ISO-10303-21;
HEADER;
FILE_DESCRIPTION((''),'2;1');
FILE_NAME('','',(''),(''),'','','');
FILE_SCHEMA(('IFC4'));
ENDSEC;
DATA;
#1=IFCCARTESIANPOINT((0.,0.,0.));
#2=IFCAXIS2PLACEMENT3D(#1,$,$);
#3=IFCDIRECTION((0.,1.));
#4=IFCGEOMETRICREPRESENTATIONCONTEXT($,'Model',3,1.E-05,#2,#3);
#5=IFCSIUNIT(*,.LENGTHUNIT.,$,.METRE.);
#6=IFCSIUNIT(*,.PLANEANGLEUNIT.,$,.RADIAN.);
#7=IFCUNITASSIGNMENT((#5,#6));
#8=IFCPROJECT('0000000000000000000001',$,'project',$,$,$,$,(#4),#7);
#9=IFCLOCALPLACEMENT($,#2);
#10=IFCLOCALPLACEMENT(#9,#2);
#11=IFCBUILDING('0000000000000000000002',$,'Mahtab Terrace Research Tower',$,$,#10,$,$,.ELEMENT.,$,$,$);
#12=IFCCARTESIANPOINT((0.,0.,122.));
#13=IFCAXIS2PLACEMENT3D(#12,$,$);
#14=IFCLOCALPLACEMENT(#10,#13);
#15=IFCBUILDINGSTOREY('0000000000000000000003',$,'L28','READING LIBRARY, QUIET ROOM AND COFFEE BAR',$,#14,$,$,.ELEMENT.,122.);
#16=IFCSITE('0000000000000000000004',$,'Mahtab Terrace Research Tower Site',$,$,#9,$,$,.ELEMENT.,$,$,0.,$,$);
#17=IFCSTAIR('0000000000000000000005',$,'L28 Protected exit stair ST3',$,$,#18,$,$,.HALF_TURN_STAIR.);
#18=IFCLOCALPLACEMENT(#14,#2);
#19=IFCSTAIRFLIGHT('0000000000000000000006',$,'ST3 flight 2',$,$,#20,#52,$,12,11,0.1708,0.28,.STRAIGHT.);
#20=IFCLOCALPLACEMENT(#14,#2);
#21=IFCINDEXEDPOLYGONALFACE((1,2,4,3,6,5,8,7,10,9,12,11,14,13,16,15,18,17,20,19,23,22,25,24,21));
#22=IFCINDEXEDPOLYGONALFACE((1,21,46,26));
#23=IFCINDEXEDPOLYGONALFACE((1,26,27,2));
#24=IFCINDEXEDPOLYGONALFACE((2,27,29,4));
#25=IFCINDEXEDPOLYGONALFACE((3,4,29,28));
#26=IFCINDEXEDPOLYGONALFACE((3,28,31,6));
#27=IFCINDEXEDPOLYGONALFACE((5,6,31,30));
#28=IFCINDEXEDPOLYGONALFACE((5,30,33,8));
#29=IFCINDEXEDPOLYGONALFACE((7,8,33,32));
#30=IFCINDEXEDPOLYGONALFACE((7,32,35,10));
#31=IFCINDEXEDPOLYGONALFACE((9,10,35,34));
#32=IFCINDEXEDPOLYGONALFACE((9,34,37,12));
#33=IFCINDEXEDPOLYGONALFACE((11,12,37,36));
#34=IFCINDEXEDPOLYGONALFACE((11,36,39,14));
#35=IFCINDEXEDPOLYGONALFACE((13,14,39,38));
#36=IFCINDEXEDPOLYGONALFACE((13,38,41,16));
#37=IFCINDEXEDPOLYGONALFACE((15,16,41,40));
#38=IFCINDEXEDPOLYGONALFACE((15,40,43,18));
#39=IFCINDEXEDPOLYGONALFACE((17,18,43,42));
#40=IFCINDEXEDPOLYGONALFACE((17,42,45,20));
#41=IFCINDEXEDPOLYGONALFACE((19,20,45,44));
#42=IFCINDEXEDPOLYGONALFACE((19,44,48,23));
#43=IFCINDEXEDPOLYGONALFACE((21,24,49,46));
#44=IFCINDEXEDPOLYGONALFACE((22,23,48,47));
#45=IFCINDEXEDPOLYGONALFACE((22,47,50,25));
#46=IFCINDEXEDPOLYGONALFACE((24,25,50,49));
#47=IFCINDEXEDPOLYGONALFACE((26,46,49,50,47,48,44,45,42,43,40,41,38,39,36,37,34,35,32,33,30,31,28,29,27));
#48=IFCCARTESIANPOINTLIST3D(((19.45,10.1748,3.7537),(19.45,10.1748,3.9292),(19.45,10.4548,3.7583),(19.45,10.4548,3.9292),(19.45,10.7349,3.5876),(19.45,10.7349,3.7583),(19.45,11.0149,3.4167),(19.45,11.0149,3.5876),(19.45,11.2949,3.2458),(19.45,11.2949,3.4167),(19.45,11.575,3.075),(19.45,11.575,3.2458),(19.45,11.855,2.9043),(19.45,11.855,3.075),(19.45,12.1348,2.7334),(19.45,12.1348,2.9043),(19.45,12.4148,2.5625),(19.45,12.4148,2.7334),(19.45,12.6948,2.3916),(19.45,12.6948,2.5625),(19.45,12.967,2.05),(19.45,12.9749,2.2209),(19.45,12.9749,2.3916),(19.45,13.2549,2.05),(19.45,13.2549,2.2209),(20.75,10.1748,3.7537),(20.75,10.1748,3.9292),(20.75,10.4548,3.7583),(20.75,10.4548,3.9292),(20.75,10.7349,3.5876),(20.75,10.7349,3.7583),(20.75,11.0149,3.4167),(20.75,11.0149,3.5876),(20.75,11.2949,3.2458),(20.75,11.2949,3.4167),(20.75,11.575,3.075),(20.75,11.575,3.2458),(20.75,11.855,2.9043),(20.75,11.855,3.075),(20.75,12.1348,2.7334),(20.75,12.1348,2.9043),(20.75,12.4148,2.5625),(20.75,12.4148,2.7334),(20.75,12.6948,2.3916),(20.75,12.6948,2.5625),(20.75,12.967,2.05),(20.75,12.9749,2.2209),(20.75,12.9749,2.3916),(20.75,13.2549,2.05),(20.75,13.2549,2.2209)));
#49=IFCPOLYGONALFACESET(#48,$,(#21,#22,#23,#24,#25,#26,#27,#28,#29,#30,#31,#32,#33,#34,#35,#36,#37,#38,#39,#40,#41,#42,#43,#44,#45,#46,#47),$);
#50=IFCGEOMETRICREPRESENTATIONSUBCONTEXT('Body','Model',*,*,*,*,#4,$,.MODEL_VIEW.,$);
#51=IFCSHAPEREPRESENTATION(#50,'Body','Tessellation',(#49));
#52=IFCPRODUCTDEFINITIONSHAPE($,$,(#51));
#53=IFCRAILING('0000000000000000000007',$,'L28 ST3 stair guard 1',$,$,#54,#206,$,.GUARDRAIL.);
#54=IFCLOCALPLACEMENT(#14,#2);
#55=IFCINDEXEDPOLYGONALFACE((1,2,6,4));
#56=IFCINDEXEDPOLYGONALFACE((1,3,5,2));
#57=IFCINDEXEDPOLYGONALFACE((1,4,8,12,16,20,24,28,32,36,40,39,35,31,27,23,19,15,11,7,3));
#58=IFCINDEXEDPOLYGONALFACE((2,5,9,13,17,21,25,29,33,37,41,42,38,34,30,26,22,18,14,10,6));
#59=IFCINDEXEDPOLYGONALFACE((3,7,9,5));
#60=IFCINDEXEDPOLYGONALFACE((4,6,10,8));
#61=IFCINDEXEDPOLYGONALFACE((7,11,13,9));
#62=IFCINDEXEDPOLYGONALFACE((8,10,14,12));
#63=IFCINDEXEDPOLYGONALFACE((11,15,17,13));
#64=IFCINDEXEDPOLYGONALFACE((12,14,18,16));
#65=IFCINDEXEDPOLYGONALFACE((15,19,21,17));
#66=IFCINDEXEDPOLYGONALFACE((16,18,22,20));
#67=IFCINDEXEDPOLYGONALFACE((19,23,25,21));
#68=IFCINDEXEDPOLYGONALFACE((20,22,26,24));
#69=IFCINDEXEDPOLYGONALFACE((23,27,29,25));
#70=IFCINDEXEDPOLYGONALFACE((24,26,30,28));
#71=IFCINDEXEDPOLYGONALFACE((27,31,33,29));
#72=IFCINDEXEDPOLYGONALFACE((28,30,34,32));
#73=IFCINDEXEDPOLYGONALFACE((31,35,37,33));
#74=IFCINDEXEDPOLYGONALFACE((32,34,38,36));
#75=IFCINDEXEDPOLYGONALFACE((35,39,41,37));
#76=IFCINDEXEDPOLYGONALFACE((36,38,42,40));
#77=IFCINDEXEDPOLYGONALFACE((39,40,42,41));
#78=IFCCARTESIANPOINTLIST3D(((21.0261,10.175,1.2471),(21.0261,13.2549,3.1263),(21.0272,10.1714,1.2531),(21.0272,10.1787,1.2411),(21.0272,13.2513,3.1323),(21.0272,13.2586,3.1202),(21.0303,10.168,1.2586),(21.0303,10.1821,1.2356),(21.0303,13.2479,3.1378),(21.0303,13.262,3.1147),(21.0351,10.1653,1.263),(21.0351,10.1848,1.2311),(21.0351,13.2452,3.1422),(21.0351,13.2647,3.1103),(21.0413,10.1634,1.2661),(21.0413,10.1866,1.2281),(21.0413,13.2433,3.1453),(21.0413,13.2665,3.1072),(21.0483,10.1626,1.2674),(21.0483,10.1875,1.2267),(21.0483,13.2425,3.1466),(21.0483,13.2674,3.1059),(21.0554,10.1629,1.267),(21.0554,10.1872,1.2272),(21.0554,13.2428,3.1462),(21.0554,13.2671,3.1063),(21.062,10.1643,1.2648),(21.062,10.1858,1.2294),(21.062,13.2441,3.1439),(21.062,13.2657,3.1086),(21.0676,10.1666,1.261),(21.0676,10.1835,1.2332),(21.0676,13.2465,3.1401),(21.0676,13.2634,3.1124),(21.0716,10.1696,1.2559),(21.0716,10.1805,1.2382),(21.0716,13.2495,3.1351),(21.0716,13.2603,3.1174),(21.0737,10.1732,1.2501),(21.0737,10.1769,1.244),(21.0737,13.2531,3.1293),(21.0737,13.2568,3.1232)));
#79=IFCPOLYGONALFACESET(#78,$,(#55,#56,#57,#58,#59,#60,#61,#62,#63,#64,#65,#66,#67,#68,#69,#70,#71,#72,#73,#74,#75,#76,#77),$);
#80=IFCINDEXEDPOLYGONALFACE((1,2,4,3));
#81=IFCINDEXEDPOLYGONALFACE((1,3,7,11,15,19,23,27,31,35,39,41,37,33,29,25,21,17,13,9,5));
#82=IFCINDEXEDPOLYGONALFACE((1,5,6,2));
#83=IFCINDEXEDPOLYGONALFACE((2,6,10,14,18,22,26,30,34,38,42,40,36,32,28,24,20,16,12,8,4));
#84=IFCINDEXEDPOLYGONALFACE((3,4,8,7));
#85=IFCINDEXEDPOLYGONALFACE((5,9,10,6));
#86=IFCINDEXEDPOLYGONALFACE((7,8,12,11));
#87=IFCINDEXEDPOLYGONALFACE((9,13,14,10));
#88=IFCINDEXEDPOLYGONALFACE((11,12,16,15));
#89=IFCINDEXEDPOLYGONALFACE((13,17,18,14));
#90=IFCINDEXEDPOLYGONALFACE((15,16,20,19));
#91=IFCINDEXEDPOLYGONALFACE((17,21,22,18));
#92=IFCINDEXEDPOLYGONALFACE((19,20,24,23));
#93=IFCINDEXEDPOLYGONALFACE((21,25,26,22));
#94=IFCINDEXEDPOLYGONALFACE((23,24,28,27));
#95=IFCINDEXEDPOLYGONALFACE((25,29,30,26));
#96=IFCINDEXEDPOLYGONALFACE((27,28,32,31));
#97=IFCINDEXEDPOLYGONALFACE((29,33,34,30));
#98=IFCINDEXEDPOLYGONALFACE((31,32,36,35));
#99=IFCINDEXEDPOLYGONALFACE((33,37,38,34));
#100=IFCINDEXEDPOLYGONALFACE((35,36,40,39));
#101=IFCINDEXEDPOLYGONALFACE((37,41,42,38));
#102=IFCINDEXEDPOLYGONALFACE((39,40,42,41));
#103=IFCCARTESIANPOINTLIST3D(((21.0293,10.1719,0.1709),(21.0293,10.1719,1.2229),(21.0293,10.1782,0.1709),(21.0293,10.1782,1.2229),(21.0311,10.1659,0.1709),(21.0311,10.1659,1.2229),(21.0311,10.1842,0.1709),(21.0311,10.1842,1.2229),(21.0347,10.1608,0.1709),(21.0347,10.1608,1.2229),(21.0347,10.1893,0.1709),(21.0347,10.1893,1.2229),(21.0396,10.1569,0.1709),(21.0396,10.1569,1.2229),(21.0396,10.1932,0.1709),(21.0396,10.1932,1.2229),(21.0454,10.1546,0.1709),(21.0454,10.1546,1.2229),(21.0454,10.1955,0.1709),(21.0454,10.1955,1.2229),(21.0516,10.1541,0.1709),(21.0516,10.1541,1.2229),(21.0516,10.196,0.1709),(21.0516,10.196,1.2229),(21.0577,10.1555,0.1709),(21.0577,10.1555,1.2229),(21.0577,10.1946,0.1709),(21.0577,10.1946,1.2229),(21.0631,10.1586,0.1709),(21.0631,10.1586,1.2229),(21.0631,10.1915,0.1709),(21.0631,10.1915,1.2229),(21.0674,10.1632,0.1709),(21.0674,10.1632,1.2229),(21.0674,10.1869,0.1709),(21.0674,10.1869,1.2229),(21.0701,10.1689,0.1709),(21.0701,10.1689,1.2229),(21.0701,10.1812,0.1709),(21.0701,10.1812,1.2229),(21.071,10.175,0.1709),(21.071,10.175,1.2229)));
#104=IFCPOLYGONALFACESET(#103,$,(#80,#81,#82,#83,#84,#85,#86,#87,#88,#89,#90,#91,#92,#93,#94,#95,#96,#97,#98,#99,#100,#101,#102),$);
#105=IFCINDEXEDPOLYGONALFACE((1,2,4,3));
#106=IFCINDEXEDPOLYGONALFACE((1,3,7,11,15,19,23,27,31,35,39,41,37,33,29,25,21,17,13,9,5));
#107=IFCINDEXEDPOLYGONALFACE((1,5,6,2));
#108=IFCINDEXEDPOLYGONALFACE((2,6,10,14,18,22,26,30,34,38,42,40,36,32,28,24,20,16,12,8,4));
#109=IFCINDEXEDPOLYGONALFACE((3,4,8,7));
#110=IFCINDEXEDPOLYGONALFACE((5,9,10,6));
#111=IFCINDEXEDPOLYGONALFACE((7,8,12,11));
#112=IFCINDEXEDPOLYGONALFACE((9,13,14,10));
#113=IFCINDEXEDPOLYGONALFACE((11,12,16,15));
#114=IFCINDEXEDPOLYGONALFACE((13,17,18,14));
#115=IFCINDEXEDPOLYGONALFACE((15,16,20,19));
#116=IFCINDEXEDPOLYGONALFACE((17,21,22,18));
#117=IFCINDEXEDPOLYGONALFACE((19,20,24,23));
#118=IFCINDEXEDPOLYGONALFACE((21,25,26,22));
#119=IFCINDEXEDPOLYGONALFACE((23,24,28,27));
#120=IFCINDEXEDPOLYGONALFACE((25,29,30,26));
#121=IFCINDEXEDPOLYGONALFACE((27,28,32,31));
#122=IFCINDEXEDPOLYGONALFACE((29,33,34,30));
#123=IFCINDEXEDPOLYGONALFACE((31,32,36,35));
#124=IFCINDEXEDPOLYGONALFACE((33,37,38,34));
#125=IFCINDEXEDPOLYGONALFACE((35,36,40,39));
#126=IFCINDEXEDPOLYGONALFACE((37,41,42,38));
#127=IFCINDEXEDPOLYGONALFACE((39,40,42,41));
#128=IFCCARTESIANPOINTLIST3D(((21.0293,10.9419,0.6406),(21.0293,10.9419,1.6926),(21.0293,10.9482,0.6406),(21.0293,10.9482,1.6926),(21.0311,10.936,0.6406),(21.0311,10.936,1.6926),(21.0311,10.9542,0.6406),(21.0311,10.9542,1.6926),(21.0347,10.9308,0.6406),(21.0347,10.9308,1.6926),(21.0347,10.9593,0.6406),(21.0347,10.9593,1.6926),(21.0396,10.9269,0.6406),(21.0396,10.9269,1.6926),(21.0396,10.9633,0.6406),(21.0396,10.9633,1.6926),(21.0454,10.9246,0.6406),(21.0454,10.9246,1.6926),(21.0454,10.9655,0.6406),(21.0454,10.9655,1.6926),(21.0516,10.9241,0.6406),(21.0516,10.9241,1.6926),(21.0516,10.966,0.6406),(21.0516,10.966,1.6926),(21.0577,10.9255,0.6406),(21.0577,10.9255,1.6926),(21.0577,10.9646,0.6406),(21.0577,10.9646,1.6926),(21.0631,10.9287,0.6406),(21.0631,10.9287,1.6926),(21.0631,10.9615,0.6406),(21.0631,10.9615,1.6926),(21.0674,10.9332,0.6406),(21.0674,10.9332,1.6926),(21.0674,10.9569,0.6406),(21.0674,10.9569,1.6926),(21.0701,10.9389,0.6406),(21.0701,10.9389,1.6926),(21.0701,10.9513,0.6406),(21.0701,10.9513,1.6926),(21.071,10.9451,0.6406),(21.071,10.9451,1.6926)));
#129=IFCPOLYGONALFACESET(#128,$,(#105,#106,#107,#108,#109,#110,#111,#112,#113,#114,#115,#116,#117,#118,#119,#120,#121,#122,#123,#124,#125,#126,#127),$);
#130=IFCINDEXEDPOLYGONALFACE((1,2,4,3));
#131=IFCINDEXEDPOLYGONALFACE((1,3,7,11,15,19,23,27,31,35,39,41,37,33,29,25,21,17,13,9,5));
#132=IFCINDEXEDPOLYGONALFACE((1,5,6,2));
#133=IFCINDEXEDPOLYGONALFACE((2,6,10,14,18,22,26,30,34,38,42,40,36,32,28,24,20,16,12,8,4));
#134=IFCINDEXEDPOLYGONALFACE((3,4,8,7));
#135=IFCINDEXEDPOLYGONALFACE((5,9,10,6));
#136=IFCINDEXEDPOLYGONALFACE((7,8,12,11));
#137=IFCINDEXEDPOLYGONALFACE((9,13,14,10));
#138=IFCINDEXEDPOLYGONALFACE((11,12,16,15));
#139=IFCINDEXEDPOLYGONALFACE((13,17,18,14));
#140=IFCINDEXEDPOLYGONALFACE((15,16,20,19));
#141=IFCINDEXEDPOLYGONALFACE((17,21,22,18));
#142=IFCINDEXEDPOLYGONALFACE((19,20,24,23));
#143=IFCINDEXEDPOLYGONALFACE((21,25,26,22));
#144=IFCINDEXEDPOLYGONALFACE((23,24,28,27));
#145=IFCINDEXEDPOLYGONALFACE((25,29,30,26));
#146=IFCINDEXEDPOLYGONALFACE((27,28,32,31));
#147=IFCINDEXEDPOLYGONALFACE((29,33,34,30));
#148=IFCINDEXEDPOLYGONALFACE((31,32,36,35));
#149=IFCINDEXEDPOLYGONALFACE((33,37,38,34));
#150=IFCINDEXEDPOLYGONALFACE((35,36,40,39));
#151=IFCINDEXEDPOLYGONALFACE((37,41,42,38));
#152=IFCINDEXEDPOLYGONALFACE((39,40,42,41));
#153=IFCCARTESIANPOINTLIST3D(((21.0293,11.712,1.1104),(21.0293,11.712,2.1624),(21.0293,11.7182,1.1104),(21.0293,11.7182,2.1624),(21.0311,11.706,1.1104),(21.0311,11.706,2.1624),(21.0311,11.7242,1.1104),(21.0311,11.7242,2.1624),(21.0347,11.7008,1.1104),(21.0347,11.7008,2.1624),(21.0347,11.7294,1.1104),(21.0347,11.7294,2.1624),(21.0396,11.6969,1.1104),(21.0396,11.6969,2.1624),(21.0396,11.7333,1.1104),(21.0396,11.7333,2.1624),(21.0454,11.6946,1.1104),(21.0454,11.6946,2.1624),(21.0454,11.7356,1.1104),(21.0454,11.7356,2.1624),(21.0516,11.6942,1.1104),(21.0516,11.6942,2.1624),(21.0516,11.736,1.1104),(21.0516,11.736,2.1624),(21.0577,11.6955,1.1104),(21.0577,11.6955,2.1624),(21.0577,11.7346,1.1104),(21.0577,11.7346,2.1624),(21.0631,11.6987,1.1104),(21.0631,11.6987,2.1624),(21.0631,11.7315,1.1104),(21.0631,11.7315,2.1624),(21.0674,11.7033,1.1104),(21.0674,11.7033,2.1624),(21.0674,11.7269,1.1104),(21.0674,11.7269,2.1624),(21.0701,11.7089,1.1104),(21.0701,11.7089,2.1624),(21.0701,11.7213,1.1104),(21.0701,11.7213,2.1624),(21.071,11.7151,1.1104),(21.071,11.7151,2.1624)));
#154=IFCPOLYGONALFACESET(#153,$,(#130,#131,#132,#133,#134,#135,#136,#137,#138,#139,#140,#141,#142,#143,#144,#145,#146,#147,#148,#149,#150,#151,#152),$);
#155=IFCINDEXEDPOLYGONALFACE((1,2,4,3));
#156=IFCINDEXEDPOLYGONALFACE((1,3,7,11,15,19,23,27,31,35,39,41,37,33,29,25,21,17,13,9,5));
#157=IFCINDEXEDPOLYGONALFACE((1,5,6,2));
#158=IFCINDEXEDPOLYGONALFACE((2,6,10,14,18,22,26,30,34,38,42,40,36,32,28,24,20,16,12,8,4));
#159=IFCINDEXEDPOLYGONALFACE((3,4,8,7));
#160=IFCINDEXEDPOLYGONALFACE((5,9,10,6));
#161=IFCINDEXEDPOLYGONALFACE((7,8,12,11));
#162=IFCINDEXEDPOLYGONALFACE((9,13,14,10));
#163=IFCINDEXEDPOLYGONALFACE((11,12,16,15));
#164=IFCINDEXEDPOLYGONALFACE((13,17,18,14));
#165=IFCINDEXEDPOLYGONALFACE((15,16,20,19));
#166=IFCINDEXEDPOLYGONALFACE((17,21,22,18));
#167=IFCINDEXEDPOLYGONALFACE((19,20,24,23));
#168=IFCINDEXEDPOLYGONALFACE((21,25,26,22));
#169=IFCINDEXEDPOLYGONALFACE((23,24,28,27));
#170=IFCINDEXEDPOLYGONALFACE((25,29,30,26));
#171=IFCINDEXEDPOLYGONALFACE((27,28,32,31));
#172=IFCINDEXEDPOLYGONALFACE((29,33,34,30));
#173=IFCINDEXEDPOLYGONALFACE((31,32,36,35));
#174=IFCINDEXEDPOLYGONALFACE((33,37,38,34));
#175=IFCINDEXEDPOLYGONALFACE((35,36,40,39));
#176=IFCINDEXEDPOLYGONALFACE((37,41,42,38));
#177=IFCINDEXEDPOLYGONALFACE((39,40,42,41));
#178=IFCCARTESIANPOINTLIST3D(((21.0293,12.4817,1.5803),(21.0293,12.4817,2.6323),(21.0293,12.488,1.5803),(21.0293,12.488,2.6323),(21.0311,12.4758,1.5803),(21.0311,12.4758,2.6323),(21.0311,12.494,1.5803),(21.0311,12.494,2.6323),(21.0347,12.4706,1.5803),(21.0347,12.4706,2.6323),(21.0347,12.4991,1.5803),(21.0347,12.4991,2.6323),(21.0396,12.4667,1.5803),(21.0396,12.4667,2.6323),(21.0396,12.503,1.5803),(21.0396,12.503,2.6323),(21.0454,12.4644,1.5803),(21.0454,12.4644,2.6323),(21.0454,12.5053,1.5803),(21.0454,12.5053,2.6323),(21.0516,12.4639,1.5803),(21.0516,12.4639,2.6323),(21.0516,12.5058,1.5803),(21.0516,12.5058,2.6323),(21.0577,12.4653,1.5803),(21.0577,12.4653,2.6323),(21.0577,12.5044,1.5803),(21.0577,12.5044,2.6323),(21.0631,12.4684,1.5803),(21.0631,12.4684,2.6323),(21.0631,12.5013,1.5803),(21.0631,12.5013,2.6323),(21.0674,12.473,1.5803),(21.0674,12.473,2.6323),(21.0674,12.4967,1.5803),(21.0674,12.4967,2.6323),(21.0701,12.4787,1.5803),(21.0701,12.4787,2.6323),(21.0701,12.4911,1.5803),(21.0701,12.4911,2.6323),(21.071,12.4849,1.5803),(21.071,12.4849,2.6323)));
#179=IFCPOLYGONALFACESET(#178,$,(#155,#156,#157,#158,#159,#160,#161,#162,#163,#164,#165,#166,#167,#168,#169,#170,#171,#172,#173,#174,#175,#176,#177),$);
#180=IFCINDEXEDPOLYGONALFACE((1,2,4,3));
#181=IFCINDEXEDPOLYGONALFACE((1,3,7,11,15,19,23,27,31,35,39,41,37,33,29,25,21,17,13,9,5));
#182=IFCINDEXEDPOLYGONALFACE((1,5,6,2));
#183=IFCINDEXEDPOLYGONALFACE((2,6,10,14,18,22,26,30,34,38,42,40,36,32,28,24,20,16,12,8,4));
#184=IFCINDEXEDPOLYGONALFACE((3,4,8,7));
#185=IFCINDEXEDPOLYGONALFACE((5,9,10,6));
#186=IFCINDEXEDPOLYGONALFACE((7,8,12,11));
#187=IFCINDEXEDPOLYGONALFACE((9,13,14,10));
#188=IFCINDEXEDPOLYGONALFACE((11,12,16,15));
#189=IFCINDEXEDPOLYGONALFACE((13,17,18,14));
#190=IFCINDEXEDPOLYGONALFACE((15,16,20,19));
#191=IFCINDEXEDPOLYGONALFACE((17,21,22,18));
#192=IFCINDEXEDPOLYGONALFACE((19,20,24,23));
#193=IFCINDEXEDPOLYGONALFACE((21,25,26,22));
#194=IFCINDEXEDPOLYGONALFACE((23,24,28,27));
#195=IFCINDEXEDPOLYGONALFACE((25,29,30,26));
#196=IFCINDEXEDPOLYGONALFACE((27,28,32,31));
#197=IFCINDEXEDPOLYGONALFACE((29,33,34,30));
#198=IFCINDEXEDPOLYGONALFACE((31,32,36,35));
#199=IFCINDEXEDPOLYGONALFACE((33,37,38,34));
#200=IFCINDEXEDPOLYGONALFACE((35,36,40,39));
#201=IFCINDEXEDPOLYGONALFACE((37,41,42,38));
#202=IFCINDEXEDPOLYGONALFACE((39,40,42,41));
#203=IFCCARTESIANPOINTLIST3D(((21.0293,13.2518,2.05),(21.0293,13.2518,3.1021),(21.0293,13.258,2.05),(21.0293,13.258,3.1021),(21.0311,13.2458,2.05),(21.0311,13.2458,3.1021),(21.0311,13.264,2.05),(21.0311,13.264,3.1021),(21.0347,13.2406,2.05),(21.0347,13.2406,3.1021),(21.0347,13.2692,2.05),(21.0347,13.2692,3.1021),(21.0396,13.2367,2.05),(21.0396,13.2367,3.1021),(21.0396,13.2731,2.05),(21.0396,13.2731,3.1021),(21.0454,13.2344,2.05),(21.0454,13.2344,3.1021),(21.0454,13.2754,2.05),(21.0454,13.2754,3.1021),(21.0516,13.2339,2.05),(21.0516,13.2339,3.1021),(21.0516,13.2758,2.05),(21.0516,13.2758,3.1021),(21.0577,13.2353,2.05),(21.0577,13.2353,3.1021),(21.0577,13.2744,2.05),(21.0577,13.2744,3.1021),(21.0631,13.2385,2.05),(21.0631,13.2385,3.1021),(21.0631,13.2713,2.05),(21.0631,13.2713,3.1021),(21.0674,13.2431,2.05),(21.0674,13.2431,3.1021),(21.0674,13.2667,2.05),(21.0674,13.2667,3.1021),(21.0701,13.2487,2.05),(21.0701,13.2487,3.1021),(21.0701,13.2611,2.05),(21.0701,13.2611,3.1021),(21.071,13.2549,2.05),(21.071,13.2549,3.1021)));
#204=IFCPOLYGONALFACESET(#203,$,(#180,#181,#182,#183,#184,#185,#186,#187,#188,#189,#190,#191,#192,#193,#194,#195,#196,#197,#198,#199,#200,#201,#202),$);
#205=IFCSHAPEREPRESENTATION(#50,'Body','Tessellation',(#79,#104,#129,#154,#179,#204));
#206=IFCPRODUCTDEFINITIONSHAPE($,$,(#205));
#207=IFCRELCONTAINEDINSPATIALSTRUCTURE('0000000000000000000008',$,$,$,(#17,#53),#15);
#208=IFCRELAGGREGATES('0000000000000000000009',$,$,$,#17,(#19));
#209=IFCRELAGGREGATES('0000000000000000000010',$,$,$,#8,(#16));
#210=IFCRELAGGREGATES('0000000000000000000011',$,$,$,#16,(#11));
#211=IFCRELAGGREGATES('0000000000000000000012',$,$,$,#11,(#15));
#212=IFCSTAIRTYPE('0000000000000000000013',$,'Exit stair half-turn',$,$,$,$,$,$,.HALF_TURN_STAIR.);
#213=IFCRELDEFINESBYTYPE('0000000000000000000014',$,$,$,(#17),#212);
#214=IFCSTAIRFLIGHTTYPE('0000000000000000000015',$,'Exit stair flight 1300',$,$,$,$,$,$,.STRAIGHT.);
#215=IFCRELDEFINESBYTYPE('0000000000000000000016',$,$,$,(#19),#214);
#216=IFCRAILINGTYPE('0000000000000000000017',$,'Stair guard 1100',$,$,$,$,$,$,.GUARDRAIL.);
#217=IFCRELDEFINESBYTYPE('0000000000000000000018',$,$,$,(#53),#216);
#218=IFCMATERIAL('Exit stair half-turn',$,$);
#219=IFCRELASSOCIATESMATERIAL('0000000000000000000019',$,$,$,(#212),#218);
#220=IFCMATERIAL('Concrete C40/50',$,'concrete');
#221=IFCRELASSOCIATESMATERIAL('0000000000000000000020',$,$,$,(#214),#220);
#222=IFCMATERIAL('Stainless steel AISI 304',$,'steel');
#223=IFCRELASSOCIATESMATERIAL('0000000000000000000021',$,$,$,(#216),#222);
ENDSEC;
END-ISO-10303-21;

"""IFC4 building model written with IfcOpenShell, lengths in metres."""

from ifc_helpers import new_model, si_unit, direction, frame, origin, origin_2d, place, context, subcontext, project, spatial, polyline, circle, outline, extrude, material, type_object, element, aggregate, save


model = new_model("IFC4")

# Units and contexts
model_context = context("Model", 3, precision=1e-05, world=origin(), true_north=direction((0.0, 1.0)))
body_context = subcontext(model_context, "Body", "Model", "MODEL_VIEW")
ifc_project = project(units=[si_unit("LENGTHUNIT", "METRE"), si_unit("PLANEANGLEUNIT", "RADIAN")], contexts=[model_context])

# Site, building, storey
site_placement = place(None, origin())
site = spatial("IfcSite", under=ifc_project, at=site_placement, Name="Mahtab Terrace Research Tower Site", CompositionType="ELEMENT", RefElevation=0.0)
building_placement = place(site_placement, origin())
building = spatial("IfcBuilding", under=site, at=building_placement, Name="Mahtab Terrace Research Tower", CompositionType="ELEMENT")
storey_placement = place(building_placement, frame((0.0, 0.0, 122.0)))
storey = spatial("IfcBuildingStorey", under=building, at=storey_placement, Name="L28", Description="READING LIBRARY, QUIET ROOM AND COFFEE BAR", CompositionType="ELEMENT", Elevation=122.0)

# Stair, stair flight
ifc_material_1 = material(Name="Exit stair half-turn")
stair_type = type_object("IfcStairType", Name="Exit stair half-turn", PredefinedType="HALF_TURN_STAIR", material=ifc_material_1)
stair_placement = place(storey_placement, origin())
stair = element("IfcStair", 1, at=stair_placement, inside=storey, type_object=stair_type, Name="L28 Protected exit stair ST3", PredefinedType="HALF_TURN_STAIR")
ifc_material_2 = material(Name="Concrete C40/50", Category="concrete")
stair_flight_type = type_object("IfcStairFlightType", Name="Exit stair flight 1300", PredefinedType="STRAIGHT", material=ifc_material_2)
stair_flight_1_placement = place(storey_placement, frame((20.1001, 13.2549, 2.05), z_axis=(0.0, 0.0, 1.0), x_axis=(0.0, -1.0, 0.0)))
stair_flight_1 = element("IfcStairFlight", 2, at=stair_flight_1_placement, type_object=stair_flight_type, Name="ST3 flight 2", NumberOfRisers=12, NumberOfTreads=11, PredefinedType="STRAIGHT", RiserHeight=0.1708, TreadLength=0.28, context=body_context, shape_type="SweptSolid", body=[
    extrude(outline(polyline([(0.0, 0.0), (0.0, 0.1709), (0.28, 0.1709), (0.28, 0.3416), (0.5601, 0.3416), (0.5601, 0.5125), (0.8401, 0.5125), (0.8401, 0.6833), (1.1201, 0.6833), (1.1201, 0.8542), (1.3999, 0.8542), (1.3999, 1.0249), (1.6799, 1.0249), (1.6799, 1.1958), (1.96, 1.1958), (1.96, 1.3667), (2.24, 1.3667), (2.24, 1.5376), (2.52, 1.5376), (2.52, 1.7083), (2.8, 1.7083), (2.8, 1.8792), (3.0801, 1.8792), (3.0801, 2.05), (3.0801, 1.7036), (0.2878, 0.0), (0.0, 0.0)])), frame((0.0, 0.6499, 0.0), z_axis=(0.0, -1.0, 0.0), x_axis=(1.0, 0.0, 0.0)), (0.0, 0.0, 1.0), 1.3),
])
aggregate(stair, [stair_flight_1])

# Railing
ifc_material_3 = material(Name="Stainless steel AISI 304", Category="steel")
railing_type_1 = type_object("IfcRailingType", Name="Stair guard 1100", PredefinedType="GUARDRAIL", material=ifc_material_3)
railing_1_placement = place(storey_placement, frame((21.05, 10.175, 0.1709)))
element("IfcRailing", 3, at=railing_1_placement, inside=storey, type_object=railing_type_1, Name="L28 ST3 stair guard 1", PredefinedType="GUARDRAIL", context=body_context, shape_type="SweptSolid", body=[
    extrude(circle(Radius=0.0239, at=origin_2d()), frame((0.0, 0.0, 1.0762), z_axis=(0.0, 0.853648, 0.52085), x_axis=(-1.0, 0.0, 0.0)), (0.0, 0.0, 1.0), 3.6079),
    extrude(circle(Radius=0.021, at=origin_2d()), origin(), (0.0, 0.0, 1.0), 1.052),
    extrude(circle(Radius=0.021, at=origin_2d()), frame((0.0, 0.77, 0.4697)), (0.0, 0.0, 1.0), 1.052),
    extrude(circle(Radius=0.021, at=origin_2d()), frame((0.0, 1.54, 0.9395)), (0.0, 0.0, 1.0), 1.052),
    extrude(circle(Radius=0.021, at=origin_2d()), frame((0.0, 2.3098, 1.4094)), (0.0, 0.0, 1.0), 1.052),
    extrude(circle(Radius=0.021, at=origin_2d()), frame((0.0, 3.0798, 1.8792)), (0.0, 0.0, 1.0), 1.052),
])

save(model, "model.ifc")
